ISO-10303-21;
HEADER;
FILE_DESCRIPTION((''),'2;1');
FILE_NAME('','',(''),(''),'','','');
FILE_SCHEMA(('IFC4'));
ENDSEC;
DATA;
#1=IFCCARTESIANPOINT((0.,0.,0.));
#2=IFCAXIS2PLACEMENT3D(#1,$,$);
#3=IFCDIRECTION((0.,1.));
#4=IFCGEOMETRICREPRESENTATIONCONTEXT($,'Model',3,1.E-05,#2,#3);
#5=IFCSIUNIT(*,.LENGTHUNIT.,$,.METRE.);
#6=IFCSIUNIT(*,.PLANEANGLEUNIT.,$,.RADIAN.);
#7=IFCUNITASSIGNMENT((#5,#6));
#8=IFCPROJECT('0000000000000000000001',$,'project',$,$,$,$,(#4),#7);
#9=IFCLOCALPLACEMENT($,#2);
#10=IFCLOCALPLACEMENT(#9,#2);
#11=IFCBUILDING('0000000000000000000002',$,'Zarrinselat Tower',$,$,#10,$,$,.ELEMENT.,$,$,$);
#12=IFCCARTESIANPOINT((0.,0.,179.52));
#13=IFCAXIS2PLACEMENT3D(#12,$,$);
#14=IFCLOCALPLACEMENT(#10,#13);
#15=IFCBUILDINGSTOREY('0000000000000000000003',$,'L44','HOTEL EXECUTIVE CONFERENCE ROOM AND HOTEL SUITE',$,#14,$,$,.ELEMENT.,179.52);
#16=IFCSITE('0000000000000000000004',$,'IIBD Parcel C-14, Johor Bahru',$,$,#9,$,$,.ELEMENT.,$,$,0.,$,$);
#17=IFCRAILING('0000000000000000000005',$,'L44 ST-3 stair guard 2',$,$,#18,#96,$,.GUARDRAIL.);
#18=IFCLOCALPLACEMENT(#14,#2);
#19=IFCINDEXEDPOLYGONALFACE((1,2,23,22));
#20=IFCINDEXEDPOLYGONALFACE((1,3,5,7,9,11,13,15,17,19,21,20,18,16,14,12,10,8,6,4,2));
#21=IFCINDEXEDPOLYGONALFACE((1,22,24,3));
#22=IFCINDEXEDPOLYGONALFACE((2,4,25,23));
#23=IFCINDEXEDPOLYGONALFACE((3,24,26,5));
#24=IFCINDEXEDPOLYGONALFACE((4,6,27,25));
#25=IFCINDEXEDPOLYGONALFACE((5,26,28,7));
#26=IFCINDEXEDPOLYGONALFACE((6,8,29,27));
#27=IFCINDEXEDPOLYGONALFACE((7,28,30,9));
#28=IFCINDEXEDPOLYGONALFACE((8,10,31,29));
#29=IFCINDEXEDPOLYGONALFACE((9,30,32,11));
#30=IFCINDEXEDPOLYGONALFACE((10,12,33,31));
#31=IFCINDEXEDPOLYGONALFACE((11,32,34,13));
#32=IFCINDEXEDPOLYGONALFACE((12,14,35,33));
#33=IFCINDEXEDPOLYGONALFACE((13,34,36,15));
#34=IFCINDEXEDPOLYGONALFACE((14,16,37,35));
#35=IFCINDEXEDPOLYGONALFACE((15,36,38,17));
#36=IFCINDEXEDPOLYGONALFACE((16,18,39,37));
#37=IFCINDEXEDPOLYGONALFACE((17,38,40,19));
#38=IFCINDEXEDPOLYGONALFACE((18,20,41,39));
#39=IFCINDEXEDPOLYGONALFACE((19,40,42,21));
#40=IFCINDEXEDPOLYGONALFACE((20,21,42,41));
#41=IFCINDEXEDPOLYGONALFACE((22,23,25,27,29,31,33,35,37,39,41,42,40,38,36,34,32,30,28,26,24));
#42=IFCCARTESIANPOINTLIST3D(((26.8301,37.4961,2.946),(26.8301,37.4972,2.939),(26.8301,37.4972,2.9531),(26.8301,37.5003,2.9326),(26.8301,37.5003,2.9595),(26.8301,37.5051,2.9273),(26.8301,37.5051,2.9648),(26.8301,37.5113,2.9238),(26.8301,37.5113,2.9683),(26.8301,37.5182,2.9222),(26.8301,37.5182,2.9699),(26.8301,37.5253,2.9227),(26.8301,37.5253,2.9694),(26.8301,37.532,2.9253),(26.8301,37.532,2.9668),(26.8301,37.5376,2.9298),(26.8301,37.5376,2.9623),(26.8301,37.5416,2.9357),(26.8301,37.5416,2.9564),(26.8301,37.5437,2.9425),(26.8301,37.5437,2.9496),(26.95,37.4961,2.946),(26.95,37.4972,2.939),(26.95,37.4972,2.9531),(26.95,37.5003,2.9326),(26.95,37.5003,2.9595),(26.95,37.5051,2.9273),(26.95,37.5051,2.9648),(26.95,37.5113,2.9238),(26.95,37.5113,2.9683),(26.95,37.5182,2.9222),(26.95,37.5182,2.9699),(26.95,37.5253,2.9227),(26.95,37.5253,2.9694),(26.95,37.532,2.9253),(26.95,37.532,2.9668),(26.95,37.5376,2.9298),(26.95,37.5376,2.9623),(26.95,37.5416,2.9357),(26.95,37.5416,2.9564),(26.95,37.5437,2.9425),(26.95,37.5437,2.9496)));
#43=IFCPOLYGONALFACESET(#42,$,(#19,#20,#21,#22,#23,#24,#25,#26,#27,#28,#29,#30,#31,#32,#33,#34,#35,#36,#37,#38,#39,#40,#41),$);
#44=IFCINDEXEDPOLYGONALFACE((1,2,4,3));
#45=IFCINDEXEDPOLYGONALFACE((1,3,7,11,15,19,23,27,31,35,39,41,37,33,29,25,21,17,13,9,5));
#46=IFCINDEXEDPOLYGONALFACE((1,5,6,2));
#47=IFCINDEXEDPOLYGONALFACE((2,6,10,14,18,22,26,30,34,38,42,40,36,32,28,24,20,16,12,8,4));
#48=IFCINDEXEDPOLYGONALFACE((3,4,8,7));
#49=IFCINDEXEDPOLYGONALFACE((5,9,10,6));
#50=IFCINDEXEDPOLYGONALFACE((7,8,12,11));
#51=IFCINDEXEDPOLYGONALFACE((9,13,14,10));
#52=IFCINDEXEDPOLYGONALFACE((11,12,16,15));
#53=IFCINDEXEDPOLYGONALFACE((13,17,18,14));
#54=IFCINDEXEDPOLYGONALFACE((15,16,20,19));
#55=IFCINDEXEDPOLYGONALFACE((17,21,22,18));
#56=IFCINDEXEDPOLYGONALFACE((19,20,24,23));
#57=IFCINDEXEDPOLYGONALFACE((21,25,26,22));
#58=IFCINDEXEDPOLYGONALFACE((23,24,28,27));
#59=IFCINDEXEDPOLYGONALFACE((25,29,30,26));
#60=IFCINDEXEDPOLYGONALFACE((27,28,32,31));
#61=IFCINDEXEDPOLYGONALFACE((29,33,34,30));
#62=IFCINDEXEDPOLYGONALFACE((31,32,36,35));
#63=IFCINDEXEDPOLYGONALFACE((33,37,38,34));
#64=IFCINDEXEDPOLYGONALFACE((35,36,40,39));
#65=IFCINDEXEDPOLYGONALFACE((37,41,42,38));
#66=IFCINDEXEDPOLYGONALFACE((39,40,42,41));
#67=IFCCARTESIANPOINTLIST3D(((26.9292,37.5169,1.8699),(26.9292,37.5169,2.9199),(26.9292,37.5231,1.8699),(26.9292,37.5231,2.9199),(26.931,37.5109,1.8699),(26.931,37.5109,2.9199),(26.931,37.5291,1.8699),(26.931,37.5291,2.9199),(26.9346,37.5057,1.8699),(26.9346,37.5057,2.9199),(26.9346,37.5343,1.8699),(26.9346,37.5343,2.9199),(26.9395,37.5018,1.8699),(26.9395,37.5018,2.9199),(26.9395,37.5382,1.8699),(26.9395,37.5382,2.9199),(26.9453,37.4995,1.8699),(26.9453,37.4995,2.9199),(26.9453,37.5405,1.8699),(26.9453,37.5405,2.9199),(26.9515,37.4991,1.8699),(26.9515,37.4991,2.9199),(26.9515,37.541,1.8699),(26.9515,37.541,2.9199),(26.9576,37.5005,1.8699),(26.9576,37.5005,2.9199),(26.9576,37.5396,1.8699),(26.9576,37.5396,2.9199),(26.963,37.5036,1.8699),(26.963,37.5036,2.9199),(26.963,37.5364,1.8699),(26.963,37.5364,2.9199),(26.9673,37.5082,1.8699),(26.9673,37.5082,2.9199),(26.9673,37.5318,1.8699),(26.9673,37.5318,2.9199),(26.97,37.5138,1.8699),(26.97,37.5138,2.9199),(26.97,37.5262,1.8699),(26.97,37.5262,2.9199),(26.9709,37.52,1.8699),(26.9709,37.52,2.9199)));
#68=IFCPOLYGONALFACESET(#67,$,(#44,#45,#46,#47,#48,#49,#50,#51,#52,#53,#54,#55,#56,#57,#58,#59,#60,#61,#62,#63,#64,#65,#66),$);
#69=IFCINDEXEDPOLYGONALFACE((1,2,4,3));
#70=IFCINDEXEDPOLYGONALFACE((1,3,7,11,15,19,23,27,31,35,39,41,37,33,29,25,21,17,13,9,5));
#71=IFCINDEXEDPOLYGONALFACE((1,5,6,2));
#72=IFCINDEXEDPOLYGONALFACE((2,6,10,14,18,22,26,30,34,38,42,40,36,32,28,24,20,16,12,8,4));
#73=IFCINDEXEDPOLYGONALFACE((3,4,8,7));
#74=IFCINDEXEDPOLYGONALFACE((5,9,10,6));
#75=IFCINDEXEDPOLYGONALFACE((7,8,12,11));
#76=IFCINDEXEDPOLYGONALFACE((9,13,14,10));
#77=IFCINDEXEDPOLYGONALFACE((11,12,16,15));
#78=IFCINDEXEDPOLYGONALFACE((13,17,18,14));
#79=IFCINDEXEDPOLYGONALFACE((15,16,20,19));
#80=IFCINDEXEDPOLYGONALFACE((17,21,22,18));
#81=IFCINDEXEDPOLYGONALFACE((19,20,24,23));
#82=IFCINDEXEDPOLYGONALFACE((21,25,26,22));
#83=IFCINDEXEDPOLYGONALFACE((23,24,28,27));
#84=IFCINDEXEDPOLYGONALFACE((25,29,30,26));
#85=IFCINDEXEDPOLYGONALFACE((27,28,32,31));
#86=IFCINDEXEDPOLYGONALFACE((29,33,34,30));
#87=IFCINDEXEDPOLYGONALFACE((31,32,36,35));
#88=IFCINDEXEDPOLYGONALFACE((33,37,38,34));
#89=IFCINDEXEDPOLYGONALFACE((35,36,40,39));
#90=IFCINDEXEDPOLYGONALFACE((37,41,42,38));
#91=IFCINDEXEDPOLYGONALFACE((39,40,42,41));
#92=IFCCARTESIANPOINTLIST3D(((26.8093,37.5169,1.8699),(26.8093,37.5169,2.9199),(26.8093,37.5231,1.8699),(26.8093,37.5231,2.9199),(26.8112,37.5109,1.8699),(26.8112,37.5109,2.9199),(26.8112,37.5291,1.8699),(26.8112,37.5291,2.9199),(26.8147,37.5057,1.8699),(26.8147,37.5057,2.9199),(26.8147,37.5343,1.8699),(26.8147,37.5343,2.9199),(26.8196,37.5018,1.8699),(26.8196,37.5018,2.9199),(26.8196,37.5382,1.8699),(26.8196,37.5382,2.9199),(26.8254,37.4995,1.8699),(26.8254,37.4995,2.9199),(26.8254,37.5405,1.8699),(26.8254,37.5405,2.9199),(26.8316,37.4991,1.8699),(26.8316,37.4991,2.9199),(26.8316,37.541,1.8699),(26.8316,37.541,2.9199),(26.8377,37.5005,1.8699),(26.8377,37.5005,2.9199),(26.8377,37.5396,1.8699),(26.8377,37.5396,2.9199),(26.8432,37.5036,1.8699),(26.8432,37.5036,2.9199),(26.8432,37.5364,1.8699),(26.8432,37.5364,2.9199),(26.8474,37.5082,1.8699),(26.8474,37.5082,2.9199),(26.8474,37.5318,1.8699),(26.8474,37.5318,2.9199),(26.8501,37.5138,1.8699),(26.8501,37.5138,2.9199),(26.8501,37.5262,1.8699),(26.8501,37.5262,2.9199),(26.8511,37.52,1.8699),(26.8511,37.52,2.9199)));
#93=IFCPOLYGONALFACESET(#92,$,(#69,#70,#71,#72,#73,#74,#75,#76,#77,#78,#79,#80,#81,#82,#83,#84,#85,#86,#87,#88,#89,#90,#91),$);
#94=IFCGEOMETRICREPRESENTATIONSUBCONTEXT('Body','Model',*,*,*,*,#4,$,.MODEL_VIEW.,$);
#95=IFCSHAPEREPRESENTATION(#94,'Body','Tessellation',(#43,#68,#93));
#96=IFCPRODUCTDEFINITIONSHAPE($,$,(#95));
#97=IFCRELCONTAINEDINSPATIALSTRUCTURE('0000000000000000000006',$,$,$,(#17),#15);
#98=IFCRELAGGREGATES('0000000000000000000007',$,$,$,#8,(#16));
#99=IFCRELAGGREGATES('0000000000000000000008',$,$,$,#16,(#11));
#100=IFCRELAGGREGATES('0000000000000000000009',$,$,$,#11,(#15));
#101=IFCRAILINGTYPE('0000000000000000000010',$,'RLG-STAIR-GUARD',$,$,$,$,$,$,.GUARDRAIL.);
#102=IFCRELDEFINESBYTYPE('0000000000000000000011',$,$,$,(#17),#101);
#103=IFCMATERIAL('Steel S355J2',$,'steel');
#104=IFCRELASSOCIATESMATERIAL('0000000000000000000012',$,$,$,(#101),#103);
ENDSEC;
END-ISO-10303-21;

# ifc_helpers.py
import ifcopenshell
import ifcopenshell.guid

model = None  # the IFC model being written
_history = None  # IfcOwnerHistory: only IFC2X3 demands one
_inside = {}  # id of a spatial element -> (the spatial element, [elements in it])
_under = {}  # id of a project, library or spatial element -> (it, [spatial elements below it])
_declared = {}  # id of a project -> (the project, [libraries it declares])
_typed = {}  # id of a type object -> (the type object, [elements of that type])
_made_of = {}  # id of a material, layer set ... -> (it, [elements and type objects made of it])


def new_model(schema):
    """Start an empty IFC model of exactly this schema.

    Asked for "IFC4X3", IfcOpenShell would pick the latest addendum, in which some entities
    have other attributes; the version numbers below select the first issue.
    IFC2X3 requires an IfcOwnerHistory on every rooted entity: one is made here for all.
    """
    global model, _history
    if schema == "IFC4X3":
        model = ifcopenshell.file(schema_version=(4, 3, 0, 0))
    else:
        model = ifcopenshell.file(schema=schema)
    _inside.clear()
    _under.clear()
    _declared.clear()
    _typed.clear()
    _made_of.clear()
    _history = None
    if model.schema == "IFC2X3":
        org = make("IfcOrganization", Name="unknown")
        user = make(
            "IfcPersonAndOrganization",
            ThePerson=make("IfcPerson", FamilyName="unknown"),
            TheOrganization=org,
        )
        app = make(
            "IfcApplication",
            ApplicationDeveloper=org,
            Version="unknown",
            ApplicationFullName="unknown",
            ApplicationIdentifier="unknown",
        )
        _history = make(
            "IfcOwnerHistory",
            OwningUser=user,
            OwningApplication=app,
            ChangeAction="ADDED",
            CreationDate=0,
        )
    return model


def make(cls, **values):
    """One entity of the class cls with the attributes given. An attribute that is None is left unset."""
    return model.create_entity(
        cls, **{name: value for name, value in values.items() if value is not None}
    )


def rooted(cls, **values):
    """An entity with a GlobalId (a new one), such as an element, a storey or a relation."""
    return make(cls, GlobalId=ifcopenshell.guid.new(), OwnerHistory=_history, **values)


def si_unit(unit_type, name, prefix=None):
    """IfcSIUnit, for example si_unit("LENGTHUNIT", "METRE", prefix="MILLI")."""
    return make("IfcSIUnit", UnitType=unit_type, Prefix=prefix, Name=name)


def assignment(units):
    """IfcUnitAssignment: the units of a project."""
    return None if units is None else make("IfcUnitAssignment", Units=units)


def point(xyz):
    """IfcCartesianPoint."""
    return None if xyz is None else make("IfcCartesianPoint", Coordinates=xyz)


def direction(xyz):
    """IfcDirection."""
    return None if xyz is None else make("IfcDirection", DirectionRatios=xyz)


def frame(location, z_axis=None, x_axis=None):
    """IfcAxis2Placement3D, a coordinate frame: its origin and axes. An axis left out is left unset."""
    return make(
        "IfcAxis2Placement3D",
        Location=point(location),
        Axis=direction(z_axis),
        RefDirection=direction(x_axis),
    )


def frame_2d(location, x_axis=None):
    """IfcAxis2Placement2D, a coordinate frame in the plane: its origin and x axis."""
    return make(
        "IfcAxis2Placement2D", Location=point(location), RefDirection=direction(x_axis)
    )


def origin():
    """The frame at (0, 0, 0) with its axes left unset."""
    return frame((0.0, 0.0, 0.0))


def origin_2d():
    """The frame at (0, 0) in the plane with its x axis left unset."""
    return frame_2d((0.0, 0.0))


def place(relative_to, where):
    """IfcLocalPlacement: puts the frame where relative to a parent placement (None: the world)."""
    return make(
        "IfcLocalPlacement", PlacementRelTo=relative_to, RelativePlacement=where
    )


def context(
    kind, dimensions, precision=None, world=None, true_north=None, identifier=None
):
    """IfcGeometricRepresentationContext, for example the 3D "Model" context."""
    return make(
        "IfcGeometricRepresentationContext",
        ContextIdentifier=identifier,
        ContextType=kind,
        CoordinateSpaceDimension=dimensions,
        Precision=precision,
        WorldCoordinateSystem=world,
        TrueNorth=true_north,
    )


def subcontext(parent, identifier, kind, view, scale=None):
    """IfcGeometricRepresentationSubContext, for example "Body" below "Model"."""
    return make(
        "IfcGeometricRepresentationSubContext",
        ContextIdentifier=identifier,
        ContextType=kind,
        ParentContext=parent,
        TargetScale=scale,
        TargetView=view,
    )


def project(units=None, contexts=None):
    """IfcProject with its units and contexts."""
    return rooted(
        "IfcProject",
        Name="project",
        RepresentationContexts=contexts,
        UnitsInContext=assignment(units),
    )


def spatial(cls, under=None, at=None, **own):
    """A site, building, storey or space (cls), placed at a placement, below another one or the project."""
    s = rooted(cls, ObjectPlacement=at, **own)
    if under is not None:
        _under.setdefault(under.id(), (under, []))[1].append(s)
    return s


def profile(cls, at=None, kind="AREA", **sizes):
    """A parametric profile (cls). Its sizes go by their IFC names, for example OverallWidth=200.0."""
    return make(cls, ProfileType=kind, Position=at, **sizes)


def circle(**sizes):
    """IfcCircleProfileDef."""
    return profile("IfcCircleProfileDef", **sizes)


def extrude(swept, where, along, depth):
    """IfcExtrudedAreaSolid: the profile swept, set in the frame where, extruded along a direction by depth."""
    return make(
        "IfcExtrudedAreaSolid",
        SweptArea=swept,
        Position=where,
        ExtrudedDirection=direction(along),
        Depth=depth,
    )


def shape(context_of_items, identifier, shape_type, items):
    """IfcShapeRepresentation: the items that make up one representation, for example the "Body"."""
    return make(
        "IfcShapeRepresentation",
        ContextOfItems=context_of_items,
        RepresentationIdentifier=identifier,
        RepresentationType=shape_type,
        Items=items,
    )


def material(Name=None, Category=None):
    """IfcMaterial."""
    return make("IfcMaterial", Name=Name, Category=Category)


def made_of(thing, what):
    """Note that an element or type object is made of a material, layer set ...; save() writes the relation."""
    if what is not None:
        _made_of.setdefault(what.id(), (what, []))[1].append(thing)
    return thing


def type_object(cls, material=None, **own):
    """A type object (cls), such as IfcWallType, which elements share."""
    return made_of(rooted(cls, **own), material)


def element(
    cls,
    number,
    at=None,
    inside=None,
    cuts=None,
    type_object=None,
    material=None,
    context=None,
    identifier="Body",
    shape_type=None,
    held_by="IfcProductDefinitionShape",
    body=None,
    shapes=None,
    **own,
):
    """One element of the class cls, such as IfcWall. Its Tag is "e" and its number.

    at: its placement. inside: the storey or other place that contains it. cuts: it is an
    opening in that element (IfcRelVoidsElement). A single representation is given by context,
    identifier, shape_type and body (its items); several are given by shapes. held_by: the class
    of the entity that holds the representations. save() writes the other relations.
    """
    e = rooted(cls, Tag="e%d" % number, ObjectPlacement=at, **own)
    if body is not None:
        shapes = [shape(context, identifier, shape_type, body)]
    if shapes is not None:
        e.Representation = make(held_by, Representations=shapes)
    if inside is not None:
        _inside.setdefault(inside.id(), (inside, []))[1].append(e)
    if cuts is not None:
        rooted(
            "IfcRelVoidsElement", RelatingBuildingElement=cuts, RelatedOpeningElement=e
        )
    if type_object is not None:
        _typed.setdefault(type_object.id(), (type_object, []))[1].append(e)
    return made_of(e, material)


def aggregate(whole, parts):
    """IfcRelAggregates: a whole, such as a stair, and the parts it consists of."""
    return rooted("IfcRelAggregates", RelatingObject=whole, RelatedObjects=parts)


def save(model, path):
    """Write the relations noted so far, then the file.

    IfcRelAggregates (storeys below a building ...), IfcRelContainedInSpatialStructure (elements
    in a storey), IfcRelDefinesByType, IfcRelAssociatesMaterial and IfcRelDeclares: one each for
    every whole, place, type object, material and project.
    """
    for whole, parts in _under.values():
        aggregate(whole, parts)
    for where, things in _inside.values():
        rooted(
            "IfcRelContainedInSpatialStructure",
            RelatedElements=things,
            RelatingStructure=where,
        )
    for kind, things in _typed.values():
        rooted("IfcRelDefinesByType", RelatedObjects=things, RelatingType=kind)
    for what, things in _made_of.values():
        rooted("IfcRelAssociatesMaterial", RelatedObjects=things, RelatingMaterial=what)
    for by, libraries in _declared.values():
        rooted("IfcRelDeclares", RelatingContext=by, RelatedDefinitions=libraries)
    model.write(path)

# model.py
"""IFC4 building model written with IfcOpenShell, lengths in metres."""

from ifc_helpers import new_model, si_unit, direction, frame, origin, origin_2d, place, context, subcontext, project, spatial, circle, extrude, material, type_object, element, save


model = new_model("IFC4")

# Units and contexts
model_context = context("Model", 3, precision=1e-05, world=origin(), true_north=direction((0.0, 1.0)))
body_context = subcontext(model_context, "Body", "Model", "MODEL_VIEW")
ifc_project = project(units=[si_unit("LENGTHUNIT", "METRE"), si_unit("PLANEANGLEUNIT", "RADIAN")], contexts=[model_context])

# Site, building, storey
site_placement = place(None, origin())
site = spatial("IfcSite", under=ifc_project, at=site_placement, Name="IIBD Parcel C-14, Johor Bahru", CompositionType="ELEMENT", RefElevation=0.0)
building_placement = place(site_placement, origin())
building = spatial("IfcBuilding", under=site, at=building_placement, Name="Zarrinselat Tower", CompositionType="ELEMENT")
storey_placement = place(building_placement, frame((0.0, 0.0, 179.52)))
storey = spatial("IfcBuildingStorey", under=building, at=storey_placement, Name="L44", Description="HOTEL EXECUTIVE CONFERENCE ROOM AND HOTEL SUITE", CompositionType="ELEMENT", Elevation=179.52)

# Railing
ifc_material_1 = material(Name="Steel S355J2", Category="steel")
railing_type_1 = type_object("IfcRailingType", Name="RLG-STAIR-GUARD", PredefinedType="GUARDRAIL", material=ifc_material_1)
railing_1_placement = place(storey_placement, frame((26.95, 37.52, 1.8699)))
element("IfcRailing", 1, at=railing_1_placement, inside=storey, type_object=railing_type_1, Name="L44 ST-3 stair guard 2", PredefinedType="GUARDRAIL", context=body_context, shape_type="SweptSolid", body=[
    extrude(circle(Radius=0.0239, at=origin_2d()), frame((0.0, 0.0, 1.0762), z_axis=(-1.0, 0.0, 0.0), x_axis=(0.0, -1.0, 0.0)), (0.0, 0.0, 1.0), 0.1199),
    extrude(circle(Radius=0.021, at=origin_2d()), origin(), (0.0, 0.0, 1.0), 1.05),
    extrude(circle(Radius=0.021, at=origin_2d()), frame((-0.1199, 0.0, 0.0)), (0.0, 0.0, 1.0), 1.05),
])

save(model, "model.ifc")
